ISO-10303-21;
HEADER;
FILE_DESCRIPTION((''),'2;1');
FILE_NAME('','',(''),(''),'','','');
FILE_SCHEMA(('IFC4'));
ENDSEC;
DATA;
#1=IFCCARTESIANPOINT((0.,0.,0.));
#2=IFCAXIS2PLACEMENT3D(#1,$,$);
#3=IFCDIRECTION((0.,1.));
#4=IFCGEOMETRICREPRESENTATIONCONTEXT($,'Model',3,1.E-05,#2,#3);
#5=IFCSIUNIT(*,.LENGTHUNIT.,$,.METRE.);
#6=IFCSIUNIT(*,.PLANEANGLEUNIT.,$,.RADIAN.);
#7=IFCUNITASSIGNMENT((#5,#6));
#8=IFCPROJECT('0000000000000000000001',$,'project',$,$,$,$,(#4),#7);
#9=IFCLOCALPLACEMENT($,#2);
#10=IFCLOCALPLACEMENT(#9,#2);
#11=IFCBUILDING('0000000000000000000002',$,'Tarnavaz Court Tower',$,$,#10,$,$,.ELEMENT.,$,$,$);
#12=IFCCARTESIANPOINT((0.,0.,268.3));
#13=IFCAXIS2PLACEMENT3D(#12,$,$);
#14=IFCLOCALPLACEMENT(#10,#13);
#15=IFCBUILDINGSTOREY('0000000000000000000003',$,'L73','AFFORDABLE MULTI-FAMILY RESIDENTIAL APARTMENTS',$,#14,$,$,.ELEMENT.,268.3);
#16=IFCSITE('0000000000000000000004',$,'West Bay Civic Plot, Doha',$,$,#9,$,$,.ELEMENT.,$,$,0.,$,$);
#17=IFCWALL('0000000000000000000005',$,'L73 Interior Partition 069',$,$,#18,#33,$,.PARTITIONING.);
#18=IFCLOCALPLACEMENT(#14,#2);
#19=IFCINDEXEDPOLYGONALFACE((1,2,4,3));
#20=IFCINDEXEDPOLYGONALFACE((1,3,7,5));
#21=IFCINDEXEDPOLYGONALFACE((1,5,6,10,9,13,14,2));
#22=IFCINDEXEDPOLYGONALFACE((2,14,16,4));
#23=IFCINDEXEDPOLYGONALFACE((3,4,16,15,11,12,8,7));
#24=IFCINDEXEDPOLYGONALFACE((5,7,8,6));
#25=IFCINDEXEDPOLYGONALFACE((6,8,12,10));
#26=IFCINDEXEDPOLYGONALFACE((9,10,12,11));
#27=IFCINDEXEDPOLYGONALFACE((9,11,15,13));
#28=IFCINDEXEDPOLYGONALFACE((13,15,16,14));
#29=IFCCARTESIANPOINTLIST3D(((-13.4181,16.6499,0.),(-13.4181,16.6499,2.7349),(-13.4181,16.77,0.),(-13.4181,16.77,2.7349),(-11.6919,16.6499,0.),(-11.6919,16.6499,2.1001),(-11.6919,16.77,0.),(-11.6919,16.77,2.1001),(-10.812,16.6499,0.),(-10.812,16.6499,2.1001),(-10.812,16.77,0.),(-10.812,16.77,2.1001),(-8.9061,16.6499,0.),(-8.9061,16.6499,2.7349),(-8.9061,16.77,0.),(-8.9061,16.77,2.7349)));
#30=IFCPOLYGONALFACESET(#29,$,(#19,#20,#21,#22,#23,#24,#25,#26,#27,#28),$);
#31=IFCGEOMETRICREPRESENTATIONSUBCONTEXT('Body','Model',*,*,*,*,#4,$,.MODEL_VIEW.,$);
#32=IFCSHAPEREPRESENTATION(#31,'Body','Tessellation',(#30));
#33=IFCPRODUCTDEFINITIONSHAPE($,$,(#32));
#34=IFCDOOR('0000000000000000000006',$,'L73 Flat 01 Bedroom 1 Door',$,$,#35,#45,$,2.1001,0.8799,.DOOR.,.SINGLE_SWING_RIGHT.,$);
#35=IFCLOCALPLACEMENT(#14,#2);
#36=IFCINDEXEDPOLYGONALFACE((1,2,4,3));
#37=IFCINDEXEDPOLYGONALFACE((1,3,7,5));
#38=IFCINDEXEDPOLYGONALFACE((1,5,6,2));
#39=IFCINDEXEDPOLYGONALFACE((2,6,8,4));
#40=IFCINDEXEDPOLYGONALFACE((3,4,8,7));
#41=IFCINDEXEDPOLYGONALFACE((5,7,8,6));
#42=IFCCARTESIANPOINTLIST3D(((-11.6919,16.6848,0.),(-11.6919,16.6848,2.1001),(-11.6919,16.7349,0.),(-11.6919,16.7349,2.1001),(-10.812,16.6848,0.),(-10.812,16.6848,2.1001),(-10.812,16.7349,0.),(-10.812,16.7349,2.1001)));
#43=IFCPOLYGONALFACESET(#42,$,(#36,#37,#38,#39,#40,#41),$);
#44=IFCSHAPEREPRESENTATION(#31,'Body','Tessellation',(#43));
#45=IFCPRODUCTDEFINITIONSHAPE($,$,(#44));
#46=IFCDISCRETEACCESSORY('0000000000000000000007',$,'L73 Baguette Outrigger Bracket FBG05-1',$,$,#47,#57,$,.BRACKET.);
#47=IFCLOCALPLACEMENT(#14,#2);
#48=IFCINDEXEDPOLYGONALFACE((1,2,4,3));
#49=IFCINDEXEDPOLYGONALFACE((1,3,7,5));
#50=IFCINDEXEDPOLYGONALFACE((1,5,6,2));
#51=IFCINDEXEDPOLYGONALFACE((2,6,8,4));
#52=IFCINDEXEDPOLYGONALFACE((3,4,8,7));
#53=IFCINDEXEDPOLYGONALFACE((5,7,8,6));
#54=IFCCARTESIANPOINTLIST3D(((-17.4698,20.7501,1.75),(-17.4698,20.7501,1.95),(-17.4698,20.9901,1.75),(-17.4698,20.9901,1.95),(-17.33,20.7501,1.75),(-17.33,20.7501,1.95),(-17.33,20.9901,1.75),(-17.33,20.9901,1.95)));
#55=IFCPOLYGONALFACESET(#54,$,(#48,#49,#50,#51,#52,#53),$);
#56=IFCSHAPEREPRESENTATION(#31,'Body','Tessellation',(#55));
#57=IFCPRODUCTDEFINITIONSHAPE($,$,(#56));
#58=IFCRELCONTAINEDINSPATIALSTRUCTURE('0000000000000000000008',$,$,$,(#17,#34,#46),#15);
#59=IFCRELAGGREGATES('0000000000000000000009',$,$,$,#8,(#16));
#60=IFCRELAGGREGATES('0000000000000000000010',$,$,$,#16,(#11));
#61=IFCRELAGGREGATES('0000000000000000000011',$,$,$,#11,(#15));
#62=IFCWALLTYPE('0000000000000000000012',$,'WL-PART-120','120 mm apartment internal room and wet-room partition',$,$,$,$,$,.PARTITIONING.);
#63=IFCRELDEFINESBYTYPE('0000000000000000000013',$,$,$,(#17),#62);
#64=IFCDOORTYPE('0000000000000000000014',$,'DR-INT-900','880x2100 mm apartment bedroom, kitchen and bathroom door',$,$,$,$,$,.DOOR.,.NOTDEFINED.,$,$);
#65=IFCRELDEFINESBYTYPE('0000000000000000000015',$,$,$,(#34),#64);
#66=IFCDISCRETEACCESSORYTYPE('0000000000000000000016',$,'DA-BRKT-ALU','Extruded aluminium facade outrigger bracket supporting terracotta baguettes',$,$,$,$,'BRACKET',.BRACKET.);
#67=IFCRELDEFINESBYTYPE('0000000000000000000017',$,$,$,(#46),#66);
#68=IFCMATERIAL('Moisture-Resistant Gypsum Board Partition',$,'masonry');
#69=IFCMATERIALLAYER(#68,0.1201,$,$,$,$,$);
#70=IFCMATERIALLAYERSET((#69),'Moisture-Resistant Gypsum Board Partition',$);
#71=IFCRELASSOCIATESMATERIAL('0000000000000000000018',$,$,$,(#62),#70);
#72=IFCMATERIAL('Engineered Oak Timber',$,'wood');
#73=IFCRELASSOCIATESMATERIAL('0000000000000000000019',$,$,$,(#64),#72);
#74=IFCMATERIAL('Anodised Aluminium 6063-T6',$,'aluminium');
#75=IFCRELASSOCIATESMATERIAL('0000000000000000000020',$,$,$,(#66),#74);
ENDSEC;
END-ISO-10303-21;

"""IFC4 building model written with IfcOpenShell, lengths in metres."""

from ifc_helpers import new_model, si_unit, direction, frame, frame_2d, origin, origin_2d, place, context, subcontext, project, spatial, rectangle, extrude, material, layer, layer_set, type_object, element, fill, save


model = new_model("IFC4")

# Units and contexts
model_context = context("Model", 3, precision=1e-05, world=origin(), true_north=direction((0.0, 1.0)))
body_context = subcontext(model_context, "Body", "Model", "MODEL_VIEW")
ifc_project = project(units=[si_unit("LENGTHUNIT", "METRE"), si_unit("PLANEANGLEUNIT", "RADIAN")], contexts=[model_context])

# Site, building, storey
site_placement = place(None, origin())
site = spatial("IfcSite", under=ifc_project, at=site_placement, Name="West Bay Civic Plot, Doha", CompositionType="ELEMENT", RefElevation=0.0)
building_placement = place(site_placement, origin())
building = spatial("IfcBuilding", under=site, at=building_placement, Name="Tarnavaz Court Tower", CompositionType="ELEMENT")
storey_placement = place(building_placement, frame((0.0, 0.0, 268.3)))
storey = spatial("IfcBuildingStorey", under=building, at=storey_placement, Name="L73", Description="AFFORDABLE MULTI-FAMILY RESIDENTIAL APARTMENTS", CompositionType="ELEMENT", Elevation=268.3)

# Wall, opening, door
ifc_material_1 = material(Name="Moisture-Resistant Gypsum Board Partition", Category="masonry")
ifc_layer = layer(ifc_material_1, 0.1201)
ifc_layer_set = layer_set([ifc_layer], Name="Moisture-Resistant Gypsum Board Partition")
wall_type = type_object("IfcWallType", Name="WL-PART-120", Description="120 mm apartment internal room and wet-room partition", PredefinedType="PARTITIONING", material=ifc_layer_set)
ifc_material_2 = material(Name="Engineered Oak Timber", Category="wood")
door_type_1 = type_object("IfcDoorType", Name="DR-INT-900", Description="880x2100 mm apartment bedroom, kitchen and bathroom door", OperationType="NOTDEFINED", PredefinedType="DOOR", material=ifc_material_2)
wall_1_placement = place(storey_placement, frame((-13.418, 16.71, 0.0), z_axis=(0.0, 0.0, 1.0), x_axis=(1.0, 0.0, 0.0)))
wall_1 = element("IfcWall", 1, at=wall_1_placement, inside=storey, type_object=wall_type, Name="L73 Interior Partition 069", PredefinedType="PARTITIONING", context=body_context, shape_type="SweptSolid", body=[
    extrude(rectangle(XDim=4.512, YDim=0.1201, at=frame_2d((2.2559, 0.0))), origin(), (0.0, 0.0, 1.0), 2.7349),
])
opening_1_placement = place(wall_1_placement, frame((1.7261, 0.0, 0.0)))
opening_1 = element("IfcOpeningElement", 2, at=opening_1_placement, cuts=wall_1, PredefinedType="OPENING", context=body_context, shape_type="SweptSolid", body=[
    extrude(rectangle(XDim=0.8799, YDim=2.1001, at=frame_2d((0.4399, 1.05))), frame((0.0, 0.0701, 0.0), z_axis=(0.0, -1.0, 0.0), x_axis=(1.0, 0.0, 0.0)), (0.0, 0.0, 1.0), 0.1401),
])
door_1_placement = place(opening_1_placement, origin())
door_1 = element("IfcDoor", 3, at=door_1_placement, inside=storey, type_object=door_type_1, Name="L73 Flat 01 Bedroom 1 Door", OperationType="SINGLE_SWING_RIGHT", OverallHeight=2.1001, OverallWidth=0.8799, PredefinedType="DOOR", context=body_context, shape_type="SweptSolid", body=[
    extrude(rectangle(XDim=0.8799, YDim=2.1001, at=frame_2d((0.4399, 1.05))), frame((0.0, 0.0249, 0.0), z_axis=(0.0, -1.0, 0.0), x_axis=(1.0, 0.0, 0.0)), (0.0, 0.0, 1.0), 0.05),
])
fill(opening_1, door_1)

# Discrete accessory
ifc_material_3 = material(Name="Anodised Aluminium 6063-T6", Category="aluminium")
discrete_accessory_type = type_object("IfcDiscreteAccessoryType", Name="DA-BRKT-ALU", Description="Extruded aluminium facade outrigger bracket supporting terracotta baguettes", ElementType="BRACKET", PredefinedType="BRACKET", material=ifc_material_3)
discrete_accessory_placement = place(storey_placement, frame((-17.3999, 20.8701, 1.75), z_axis=(0.0, 0.0, 1.0), x_axis=(1.0, 0.0, 0.0)))
element("IfcDiscreteAccessory", 4, at=discrete_accessory_placement, inside=storey, type_object=discrete_accessory_type, Name="L73 Baguette Outrigger Bracket FBG05-1", PredefinedType="BRACKET", context=body_context, shape_type="SweptSolid", body=[
    extrude(rectangle(XDim=0.1399, YDim=0.24, at=origin_2d()), origin(), (0.0, 0.0, 1.0), 0.2),
])

save(model, "model.ifc")
